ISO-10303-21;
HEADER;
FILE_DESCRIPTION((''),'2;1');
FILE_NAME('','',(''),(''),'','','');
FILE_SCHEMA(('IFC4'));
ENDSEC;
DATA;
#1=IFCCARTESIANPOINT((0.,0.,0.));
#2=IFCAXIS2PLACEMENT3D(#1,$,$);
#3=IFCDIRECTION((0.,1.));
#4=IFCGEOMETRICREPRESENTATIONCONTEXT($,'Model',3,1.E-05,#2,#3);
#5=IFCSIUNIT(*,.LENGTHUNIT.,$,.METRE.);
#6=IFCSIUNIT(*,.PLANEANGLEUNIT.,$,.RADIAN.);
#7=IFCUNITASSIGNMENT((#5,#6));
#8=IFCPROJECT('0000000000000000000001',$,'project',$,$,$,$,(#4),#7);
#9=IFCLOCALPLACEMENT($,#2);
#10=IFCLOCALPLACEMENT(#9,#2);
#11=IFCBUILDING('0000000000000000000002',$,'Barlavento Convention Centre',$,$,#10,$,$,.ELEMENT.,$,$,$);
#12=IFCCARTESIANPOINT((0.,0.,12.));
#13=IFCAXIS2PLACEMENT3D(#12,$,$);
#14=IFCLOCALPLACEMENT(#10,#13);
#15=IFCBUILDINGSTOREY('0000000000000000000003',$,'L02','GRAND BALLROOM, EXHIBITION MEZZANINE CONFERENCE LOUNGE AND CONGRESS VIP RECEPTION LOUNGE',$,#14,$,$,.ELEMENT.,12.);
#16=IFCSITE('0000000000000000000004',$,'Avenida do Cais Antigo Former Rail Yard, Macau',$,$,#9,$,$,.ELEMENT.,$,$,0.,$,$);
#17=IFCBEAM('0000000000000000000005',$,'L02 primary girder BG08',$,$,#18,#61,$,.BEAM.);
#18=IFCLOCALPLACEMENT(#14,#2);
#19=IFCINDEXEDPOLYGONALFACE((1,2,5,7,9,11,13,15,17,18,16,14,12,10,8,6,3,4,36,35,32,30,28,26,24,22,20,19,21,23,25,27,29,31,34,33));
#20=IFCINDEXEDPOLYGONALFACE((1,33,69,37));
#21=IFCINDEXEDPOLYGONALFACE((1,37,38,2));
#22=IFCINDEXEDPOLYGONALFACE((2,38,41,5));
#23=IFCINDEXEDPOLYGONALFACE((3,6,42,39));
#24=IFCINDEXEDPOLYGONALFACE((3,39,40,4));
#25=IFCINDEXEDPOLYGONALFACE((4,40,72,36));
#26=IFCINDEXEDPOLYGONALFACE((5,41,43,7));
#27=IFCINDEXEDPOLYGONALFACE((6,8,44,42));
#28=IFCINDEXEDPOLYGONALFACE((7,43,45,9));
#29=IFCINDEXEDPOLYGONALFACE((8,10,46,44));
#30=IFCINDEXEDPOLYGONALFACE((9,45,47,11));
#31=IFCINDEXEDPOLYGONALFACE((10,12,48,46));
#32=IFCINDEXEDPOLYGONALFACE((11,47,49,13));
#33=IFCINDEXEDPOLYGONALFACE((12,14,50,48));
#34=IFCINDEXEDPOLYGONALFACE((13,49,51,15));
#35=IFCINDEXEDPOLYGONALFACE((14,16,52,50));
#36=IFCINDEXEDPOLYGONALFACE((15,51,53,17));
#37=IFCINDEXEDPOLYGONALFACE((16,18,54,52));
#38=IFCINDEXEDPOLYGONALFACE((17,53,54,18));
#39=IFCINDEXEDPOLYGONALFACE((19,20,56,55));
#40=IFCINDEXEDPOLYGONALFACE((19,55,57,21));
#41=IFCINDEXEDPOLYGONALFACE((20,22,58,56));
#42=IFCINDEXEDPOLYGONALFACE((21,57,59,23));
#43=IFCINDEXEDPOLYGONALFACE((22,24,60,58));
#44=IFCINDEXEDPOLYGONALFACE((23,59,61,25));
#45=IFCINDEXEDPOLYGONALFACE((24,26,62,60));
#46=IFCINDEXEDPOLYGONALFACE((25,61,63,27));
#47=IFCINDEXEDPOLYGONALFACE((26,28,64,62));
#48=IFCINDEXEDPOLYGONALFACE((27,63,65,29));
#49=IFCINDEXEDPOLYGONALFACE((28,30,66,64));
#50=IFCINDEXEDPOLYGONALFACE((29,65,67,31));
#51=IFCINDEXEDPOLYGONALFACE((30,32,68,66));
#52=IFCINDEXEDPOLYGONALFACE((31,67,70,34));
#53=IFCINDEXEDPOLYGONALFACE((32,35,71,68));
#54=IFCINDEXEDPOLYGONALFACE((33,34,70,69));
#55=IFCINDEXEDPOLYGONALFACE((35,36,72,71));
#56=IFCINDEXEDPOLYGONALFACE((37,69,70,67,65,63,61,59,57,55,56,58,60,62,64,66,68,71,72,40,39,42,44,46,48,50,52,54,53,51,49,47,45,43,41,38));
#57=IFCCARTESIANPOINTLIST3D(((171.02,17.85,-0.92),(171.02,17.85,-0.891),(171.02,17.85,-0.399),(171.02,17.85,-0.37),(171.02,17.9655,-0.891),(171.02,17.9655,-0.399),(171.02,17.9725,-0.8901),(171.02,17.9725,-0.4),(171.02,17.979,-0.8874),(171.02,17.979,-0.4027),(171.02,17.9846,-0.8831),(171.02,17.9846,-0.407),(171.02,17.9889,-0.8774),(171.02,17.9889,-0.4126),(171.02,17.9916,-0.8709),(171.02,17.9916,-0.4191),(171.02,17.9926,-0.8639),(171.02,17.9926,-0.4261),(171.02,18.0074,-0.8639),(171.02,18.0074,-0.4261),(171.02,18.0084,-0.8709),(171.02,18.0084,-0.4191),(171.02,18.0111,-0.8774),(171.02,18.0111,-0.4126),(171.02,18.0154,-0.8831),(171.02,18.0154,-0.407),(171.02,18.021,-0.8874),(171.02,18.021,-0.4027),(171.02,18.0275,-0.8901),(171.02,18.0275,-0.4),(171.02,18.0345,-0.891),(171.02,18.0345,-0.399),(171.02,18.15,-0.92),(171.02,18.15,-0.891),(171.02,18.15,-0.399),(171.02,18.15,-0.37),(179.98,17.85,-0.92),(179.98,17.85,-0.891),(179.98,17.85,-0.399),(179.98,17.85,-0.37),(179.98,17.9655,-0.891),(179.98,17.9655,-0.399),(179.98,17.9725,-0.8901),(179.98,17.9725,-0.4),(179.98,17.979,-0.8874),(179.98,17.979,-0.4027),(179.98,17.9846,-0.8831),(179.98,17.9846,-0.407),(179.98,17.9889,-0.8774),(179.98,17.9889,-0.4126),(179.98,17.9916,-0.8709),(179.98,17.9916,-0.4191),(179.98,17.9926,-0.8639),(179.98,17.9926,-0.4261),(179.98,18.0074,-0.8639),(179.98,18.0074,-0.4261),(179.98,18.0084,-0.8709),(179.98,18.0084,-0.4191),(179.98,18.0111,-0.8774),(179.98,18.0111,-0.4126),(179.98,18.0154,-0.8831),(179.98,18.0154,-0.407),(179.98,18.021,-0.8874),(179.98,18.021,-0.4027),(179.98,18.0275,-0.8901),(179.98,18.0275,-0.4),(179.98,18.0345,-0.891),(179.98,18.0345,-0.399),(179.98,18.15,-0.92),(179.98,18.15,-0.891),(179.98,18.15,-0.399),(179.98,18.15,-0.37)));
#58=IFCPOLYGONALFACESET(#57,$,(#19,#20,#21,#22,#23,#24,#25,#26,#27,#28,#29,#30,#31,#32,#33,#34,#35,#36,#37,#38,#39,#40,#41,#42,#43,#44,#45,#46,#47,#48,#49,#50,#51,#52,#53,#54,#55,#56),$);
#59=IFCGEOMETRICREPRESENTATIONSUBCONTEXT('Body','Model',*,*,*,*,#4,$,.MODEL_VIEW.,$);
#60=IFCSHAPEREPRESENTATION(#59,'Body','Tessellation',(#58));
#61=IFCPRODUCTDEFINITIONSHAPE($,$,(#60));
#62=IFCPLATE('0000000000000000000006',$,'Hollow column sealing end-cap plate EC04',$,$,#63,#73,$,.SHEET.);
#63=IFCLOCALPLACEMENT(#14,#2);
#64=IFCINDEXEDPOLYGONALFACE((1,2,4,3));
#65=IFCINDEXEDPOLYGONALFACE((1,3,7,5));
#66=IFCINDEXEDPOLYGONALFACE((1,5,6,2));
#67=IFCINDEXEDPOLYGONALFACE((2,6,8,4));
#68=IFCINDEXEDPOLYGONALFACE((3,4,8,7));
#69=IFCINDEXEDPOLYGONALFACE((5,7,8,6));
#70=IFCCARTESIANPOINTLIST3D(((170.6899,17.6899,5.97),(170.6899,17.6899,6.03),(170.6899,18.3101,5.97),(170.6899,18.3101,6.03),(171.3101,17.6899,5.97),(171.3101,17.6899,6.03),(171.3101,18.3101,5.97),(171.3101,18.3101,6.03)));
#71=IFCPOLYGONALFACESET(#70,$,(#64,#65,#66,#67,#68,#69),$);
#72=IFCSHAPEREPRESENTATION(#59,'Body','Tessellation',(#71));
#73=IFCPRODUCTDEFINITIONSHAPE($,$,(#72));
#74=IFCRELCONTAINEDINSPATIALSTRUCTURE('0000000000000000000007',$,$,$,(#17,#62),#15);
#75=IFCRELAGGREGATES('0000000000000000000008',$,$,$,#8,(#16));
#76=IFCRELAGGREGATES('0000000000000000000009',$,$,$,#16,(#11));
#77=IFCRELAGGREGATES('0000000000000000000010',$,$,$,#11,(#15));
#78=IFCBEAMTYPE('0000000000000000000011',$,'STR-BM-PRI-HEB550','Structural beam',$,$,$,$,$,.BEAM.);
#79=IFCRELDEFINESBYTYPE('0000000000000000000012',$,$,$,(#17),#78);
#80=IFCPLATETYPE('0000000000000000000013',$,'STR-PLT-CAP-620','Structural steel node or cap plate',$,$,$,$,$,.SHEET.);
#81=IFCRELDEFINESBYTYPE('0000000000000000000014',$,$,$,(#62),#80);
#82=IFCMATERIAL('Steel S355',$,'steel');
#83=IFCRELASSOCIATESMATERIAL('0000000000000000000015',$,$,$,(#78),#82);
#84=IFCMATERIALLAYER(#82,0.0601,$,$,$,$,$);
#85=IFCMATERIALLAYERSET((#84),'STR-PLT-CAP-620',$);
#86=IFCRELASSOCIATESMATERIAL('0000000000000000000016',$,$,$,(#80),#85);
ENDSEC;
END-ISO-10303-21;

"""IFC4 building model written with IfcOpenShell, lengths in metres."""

from ifc_helpers import new_model, si_unit, direction, frame, origin, origin_2d, place, context, subcontext, project, spatial, rectangle, i_section, extrude, material, layer, layer_set, material_profile, profile_set, type_object, element, save


model = new_model("IFC4")

# Units and contexts
model_context = context("Model", 3, precision=1e-05, world=origin(), true_north=direction((0.0, 1.0)))
body_context = subcontext(model_context, "Body", "Model", "MODEL_VIEW")
ifc_project = project(units=[si_unit("LENGTHUNIT", "METRE"), si_unit("PLANEANGLEUNIT", "RADIAN")], contexts=[model_context])

# Site, building, storey
site_placement = place(None, origin())
site = spatial("IfcSite", under=ifc_project, at=site_placement, Name="Avenida do Cais Antigo Former Rail Yard, Macau", CompositionType="ELEMENT", RefElevation=0.0)
building_placement = place(site_placement, origin())
building = spatial("IfcBuilding", under=site, at=building_placement, Name="Barlavento Convention Centre", CompositionType="ELEMENT")
storey_placement = place(building_placement, frame((0.0, 0.0, 12.0)))
storey = spatial("IfcBuildingStorey", under=building, at=storey_placement, Name="L02", Description="GRAND BALLROOM, EXHIBITION MEZZANINE CONFERENCE LOUNGE AND CONGRESS VIP RECEPTION LOUNGE", CompositionType="ELEMENT", Elevation=12.0)

# Shared definitions
ifc_material_1 = material(Name="Steel S355", Category="steel")

# Beam
ifc_material_profile_1 = material_profile(ifc_material_1, i_section(OverallWidth=0.3, OverallDepth=0.55, WebThickness=0.0149, FlangeThickness=0.0291, FilletRadius=0.0271, at=origin_2d()), Name="HEB 550")
ifc_profile_set_1 = profile_set([ifc_material_profile_1], Name="Steel S355")
beam_type_1 = type_object("IfcBeamType", Name="STR-BM-PRI-HEB550", Description="Structural beam", PredefinedType="BEAM", material=ifc_profile_set_1)
beam_1_placement = place(storey_placement, frame((171.02, 18.0, -0.645), z_axis=(1.0, 0.0, 0.0), x_axis=(0.0, 1.0, 0.0)))
element("IfcBeam", 1, at=beam_1_placement, inside=storey, type_object=beam_type_1, Name="L02 primary girder BG08", PredefinedType="BEAM", context=body_context, shape_type="SweptSolid", body=[
    extrude(i_section(OverallWidth=0.3, OverallDepth=0.55, WebThickness=0.0149, FlangeThickness=0.0291, FilletRadius=0.0271, at=origin_2d()), origin(), (0.0, 0.0, 1.0), 8.96),
])

# Plate
ifc_layer = layer(ifc_material_1, 0.0601)
ifc_layer_set = layer_set([ifc_layer], Name="STR-PLT-CAP-620")
plate_type = type_object("IfcPlateType", Name="STR-PLT-CAP-620", Description="Structural steel node or cap plate", PredefinedType="SHEET", material=ifc_layer_set)
plate_placement = place(storey_placement, frame((171.0, 18.0, 5.97), z_axis=(0.0, 0.0, 1.0), x_axis=(1.0, 0.0, 0.0)))
element("IfcPlate", 2, at=plate_placement, inside=storey, type_object=plate_type, Name="Hollow column sealing end-cap plate EC04", PredefinedType="SHEET", context=body_context, shape_type="SweptSolid", body=[
    extrude(rectangle(XDim=0.6201, YDim=0.6201, at=origin_2d()), origin(), (0.0, 0.0, 1.0), 0.0601),
])

save(model, "model.ifc")
